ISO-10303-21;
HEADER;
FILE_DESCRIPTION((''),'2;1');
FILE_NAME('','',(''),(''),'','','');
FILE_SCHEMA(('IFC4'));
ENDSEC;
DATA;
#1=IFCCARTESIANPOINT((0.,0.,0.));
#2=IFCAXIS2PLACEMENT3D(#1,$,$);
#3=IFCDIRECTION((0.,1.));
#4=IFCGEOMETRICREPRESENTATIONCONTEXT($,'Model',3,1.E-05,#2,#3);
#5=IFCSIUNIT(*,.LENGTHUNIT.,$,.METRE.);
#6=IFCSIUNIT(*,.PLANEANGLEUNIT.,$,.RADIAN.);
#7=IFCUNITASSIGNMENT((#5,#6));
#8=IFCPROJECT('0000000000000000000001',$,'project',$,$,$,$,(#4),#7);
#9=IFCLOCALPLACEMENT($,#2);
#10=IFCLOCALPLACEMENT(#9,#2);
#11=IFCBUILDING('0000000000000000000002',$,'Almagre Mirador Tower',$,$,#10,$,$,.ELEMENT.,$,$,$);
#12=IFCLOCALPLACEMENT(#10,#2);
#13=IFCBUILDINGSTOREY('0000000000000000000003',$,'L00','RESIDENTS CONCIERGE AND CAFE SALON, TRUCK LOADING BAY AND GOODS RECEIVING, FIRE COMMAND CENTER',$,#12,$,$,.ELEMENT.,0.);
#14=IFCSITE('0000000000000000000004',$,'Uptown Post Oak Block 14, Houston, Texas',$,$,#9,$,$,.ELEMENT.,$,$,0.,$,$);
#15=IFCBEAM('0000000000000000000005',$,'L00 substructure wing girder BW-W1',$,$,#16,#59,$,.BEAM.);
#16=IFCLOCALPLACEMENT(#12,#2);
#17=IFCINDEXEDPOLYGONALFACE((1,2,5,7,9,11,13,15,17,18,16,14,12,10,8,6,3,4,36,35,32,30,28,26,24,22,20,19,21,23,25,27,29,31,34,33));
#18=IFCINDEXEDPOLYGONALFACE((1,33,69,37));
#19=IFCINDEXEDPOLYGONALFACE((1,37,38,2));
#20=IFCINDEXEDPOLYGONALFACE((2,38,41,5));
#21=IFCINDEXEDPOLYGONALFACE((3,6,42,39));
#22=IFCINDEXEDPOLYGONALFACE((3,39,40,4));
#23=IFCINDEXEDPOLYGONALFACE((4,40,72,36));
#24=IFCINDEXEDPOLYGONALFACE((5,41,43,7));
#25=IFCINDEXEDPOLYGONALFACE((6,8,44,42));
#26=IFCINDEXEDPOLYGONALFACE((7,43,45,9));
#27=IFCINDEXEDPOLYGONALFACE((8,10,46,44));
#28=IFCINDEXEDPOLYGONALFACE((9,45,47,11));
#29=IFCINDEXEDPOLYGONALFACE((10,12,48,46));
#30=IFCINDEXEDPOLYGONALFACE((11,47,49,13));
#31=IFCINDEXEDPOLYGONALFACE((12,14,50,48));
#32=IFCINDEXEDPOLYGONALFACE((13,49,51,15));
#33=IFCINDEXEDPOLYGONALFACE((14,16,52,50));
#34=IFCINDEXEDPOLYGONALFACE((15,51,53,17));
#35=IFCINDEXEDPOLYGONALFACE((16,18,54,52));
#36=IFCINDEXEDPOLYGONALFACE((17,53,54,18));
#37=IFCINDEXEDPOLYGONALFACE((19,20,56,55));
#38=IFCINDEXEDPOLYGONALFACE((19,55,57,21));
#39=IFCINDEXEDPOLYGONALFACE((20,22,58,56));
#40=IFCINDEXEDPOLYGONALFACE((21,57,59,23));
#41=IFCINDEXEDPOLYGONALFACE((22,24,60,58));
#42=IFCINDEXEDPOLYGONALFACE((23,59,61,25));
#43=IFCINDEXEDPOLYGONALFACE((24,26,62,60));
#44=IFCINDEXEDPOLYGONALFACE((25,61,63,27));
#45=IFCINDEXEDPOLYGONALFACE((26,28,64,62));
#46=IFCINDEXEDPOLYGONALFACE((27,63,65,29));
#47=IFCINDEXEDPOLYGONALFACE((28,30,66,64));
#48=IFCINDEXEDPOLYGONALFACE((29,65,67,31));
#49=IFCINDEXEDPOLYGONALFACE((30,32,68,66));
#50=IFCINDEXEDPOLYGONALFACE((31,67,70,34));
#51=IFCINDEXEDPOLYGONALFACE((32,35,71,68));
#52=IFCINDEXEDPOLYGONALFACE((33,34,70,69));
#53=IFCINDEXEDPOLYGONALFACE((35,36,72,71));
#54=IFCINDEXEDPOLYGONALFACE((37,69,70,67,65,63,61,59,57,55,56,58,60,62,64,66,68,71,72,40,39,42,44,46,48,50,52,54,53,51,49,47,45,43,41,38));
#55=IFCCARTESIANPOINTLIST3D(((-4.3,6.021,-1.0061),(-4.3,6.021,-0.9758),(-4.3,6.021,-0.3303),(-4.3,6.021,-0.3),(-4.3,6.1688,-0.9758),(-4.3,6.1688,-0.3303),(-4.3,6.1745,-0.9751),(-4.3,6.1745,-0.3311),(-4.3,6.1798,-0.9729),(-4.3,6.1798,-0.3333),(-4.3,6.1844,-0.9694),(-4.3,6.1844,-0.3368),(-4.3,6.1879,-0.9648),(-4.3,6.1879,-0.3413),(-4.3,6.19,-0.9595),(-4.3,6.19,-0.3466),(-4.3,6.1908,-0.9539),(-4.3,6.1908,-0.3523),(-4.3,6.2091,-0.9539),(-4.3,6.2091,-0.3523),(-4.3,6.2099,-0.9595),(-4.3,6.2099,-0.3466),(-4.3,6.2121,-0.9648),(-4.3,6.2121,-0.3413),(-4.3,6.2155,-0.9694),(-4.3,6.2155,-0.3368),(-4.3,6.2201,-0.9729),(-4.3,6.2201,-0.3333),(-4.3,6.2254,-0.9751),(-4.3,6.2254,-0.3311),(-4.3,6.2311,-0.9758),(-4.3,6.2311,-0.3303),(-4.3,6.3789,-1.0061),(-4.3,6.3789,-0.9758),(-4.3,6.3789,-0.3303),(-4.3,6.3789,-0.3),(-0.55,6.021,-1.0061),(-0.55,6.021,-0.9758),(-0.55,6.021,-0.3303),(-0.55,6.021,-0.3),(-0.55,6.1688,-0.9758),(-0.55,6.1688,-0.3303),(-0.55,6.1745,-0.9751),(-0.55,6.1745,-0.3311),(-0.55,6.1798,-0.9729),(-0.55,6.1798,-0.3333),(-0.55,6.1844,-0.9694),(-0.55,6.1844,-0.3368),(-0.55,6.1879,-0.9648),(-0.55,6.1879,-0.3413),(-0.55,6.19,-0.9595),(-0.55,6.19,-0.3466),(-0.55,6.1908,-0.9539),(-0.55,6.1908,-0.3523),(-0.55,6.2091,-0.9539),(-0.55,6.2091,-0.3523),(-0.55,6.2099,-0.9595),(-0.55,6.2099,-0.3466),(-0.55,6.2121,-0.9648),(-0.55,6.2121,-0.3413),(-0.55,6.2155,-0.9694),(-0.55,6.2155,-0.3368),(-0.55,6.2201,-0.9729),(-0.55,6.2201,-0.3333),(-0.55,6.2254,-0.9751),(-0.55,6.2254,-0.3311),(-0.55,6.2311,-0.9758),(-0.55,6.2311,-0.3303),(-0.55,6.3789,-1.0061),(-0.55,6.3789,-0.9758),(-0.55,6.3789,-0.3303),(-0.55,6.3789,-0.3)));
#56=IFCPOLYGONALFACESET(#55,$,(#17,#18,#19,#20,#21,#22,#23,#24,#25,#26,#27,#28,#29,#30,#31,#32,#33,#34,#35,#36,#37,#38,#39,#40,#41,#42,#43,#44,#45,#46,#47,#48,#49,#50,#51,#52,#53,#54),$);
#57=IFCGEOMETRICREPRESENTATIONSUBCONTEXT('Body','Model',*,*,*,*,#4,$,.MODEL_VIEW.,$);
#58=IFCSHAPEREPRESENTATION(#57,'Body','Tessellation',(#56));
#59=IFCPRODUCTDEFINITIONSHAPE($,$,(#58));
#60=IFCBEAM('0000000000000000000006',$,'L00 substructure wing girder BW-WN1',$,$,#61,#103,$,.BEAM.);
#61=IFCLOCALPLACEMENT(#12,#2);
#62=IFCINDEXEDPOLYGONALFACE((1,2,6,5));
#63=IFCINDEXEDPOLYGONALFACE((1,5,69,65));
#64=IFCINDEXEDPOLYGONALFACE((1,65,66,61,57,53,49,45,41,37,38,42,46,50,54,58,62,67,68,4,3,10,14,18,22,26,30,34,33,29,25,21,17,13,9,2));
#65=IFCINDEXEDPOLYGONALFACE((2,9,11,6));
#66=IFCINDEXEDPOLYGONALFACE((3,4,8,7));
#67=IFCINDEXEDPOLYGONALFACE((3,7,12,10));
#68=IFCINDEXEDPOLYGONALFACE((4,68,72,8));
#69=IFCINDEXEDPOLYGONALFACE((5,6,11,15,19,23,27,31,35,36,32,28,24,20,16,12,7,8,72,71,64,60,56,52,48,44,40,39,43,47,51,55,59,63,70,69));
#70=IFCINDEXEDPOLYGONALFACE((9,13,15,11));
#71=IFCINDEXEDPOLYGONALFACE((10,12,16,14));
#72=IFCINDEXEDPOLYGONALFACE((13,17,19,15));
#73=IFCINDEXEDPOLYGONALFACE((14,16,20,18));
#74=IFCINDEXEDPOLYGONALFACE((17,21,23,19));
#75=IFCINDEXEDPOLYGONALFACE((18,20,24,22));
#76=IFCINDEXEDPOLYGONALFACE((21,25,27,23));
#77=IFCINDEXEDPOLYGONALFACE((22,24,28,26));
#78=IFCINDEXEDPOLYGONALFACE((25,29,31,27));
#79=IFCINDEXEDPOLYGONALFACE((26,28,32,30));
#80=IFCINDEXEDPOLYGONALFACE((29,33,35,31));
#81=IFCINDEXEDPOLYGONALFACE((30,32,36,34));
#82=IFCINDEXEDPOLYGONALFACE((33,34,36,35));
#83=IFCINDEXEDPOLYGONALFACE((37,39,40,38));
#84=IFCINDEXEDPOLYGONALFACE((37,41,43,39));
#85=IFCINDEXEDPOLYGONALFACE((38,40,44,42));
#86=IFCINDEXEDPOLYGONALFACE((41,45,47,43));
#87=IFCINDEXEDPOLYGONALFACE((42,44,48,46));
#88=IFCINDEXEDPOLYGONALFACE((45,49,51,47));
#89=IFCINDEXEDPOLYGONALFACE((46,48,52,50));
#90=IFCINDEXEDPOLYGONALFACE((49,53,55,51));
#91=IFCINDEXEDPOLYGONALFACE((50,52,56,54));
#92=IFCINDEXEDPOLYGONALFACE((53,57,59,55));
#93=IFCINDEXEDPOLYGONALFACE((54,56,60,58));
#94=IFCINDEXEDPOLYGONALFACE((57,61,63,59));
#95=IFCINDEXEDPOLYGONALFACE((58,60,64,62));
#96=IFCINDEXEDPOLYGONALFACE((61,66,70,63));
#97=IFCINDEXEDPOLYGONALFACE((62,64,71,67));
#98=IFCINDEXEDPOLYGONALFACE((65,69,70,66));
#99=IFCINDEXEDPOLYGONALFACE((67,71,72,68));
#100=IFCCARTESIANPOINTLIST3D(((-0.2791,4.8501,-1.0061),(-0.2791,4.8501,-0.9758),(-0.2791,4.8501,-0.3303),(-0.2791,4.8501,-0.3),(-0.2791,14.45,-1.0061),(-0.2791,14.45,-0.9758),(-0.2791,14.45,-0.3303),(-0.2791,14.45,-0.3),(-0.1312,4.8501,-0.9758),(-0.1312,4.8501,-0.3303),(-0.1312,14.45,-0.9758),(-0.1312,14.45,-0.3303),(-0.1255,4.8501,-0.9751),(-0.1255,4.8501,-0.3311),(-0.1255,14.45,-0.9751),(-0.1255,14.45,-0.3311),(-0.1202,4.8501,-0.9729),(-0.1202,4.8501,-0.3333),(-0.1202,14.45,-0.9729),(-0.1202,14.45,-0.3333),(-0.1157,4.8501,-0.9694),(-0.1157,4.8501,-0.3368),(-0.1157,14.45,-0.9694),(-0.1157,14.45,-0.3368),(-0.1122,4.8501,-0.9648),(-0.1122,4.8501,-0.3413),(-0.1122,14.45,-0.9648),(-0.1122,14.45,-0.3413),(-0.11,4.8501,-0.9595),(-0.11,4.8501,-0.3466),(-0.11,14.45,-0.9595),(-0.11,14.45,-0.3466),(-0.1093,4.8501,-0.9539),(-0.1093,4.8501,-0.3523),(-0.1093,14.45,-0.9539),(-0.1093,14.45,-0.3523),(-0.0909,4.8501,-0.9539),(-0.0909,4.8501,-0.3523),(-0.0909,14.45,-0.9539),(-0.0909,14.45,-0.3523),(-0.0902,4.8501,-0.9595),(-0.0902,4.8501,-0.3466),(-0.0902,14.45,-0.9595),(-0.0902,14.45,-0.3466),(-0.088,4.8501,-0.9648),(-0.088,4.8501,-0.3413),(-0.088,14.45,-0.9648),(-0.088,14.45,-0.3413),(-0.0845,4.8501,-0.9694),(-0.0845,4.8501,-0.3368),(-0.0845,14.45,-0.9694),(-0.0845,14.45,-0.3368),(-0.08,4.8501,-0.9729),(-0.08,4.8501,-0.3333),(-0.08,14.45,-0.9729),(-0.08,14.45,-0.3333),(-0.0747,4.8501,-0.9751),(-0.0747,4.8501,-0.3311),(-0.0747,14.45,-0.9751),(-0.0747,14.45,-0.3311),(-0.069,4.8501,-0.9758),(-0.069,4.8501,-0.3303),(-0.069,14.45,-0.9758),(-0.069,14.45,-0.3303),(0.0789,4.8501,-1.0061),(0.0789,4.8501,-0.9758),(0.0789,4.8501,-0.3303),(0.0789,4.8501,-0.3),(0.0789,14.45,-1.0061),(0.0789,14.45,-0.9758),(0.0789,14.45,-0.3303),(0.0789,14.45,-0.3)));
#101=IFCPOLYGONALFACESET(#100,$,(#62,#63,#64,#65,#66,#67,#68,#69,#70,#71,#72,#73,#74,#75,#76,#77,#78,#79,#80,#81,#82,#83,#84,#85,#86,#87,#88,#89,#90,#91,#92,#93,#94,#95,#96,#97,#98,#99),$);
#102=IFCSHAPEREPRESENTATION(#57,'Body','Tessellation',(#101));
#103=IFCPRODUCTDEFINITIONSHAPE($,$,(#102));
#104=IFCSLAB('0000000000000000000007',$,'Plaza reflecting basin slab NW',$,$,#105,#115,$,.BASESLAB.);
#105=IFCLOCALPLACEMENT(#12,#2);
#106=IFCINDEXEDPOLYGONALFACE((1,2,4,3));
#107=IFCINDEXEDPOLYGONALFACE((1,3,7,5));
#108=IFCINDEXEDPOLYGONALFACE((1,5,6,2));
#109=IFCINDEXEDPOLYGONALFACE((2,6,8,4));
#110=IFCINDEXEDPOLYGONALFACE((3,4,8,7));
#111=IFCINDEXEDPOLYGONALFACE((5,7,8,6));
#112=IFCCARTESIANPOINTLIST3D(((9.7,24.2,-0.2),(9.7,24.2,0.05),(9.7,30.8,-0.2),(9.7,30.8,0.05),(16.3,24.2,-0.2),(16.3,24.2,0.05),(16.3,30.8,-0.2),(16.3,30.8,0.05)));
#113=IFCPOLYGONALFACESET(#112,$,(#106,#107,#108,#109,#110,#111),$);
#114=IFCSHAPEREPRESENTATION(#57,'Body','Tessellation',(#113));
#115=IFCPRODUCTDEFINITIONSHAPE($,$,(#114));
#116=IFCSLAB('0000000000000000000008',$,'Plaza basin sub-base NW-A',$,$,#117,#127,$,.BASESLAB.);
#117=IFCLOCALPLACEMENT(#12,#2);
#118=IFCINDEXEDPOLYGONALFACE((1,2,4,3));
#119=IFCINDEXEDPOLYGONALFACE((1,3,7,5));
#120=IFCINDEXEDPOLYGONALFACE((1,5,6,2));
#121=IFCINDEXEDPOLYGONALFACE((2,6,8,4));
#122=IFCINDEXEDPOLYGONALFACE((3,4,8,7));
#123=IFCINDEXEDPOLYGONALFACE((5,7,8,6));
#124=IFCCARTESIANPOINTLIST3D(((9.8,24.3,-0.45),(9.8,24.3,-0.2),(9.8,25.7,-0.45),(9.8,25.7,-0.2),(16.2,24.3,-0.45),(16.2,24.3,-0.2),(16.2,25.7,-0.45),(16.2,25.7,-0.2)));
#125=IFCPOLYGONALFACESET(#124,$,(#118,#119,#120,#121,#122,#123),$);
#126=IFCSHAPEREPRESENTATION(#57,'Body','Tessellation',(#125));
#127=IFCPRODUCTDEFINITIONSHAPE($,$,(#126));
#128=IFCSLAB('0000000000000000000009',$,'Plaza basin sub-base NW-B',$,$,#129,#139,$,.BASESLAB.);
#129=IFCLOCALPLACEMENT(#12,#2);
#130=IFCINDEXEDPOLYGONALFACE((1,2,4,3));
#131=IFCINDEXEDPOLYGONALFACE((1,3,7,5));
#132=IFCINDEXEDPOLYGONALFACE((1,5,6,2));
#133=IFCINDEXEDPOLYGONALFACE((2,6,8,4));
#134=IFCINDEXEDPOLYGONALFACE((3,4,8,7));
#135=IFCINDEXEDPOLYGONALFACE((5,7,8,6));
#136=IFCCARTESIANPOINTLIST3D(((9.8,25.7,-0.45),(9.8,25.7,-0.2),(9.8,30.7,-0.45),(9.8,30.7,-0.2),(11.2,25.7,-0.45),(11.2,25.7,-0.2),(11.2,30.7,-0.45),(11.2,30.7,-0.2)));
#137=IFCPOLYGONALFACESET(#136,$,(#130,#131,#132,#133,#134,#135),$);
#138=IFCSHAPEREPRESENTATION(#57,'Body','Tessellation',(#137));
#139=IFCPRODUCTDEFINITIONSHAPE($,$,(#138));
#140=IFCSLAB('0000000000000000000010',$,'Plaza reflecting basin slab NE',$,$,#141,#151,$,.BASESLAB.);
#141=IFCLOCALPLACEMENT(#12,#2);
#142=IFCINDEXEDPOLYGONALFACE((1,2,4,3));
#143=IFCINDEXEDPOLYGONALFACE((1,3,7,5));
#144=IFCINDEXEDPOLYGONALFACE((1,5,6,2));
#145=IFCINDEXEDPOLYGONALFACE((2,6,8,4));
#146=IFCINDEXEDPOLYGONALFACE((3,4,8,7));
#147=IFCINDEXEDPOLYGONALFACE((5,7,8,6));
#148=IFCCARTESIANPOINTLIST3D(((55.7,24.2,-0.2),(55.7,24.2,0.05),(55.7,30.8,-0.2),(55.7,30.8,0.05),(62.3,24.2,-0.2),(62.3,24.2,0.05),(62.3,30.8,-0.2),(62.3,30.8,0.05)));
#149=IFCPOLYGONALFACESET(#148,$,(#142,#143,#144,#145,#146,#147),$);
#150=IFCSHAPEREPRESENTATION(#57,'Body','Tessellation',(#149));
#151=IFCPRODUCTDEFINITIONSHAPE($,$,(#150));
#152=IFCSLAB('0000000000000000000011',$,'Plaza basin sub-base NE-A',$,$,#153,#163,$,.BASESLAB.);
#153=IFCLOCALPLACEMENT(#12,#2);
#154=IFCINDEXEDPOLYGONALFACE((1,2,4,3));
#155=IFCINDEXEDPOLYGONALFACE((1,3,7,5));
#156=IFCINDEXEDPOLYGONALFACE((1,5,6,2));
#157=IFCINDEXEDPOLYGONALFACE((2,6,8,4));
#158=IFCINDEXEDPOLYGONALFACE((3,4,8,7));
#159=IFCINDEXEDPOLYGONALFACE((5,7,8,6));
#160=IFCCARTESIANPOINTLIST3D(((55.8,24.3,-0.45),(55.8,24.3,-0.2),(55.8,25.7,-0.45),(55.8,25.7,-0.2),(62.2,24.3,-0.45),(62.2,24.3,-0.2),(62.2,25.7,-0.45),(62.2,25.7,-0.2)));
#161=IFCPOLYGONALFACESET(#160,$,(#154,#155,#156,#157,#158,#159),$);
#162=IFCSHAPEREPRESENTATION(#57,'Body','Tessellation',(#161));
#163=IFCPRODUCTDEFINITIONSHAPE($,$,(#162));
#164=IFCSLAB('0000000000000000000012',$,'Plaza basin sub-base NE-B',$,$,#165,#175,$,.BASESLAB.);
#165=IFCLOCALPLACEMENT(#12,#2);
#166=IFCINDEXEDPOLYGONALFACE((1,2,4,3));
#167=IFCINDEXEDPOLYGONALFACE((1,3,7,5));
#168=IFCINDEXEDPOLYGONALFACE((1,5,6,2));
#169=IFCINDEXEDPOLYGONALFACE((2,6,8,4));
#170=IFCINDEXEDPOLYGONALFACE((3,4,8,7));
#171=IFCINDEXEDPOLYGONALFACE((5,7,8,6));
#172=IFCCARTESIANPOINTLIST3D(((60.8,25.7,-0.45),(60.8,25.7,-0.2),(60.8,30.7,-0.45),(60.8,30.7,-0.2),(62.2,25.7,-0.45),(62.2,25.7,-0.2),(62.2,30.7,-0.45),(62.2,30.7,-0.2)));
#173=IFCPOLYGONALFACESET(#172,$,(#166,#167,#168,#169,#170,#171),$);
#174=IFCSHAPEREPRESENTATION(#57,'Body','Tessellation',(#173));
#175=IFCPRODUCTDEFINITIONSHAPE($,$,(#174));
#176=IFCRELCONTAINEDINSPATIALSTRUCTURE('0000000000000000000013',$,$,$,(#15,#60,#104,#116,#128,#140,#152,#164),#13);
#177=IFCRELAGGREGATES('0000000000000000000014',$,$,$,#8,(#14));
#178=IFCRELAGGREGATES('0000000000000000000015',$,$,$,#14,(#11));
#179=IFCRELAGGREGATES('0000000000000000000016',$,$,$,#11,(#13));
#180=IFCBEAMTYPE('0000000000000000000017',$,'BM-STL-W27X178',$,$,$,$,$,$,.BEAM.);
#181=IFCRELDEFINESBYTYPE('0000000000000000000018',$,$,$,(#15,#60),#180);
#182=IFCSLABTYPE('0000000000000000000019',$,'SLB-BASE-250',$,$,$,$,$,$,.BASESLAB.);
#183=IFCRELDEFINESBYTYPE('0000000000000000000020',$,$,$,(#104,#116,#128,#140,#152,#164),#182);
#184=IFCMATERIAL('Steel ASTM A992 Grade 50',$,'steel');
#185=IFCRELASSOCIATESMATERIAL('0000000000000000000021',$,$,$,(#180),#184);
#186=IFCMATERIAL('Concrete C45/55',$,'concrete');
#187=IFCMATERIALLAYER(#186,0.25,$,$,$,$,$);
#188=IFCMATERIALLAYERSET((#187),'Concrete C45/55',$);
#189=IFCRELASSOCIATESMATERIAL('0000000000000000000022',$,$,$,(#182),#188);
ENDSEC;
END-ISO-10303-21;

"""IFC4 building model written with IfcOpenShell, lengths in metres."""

from ifc_helpers import new_model, si_unit, direction, frame, origin, origin_2d, place, context, subcontext, project, spatial, polyline, i_section, outline, extrude, material, layer, layer_set, material_profile, profile_set, type_object, element, save


model = new_model("IFC4")

# Units and contexts
model_context = context("Model", 3, precision=1e-05, world=origin(), true_north=direction((0.0, 1.0)))
body_context = subcontext(model_context, "Body", "Model", "MODEL_VIEW")
ifc_project = project(units=[si_unit("LENGTHUNIT", "METRE"), si_unit("PLANEANGLEUNIT", "RADIAN")], contexts=[model_context])

# Site, building, storey
site_placement = place(None, origin())
site = spatial("IfcSite", under=ifc_project, at=site_placement, Name="Uptown Post Oak Block 14, Houston, Texas", CompositionType="ELEMENT", RefElevation=0.0)
building_placement = place(site_placement, origin())
building = spatial("IfcBuilding", under=site, at=building_placement, Name="Almagre Mirador Tower", CompositionType="ELEMENT")
storey_placement = place(building_placement, origin())
storey = spatial("IfcBuildingStorey", under=building, at=storey_placement, Name="L00", Description="RESIDENTS CONCIERGE AND CAFE SALON, TRUCK LOADING BAY AND GOODS RECEIVING, FIRE COMMAND CENTER", CompositionType="ELEMENT", Elevation=0.0)

# Beams
ifc_material_1 = material(Name="Steel ASTM A992 Grade 50", Category="steel")
ifc_material_profile = material_profile(ifc_material_1, i_section(OverallWidth=0.3579, OverallDepth=0.7061, WebThickness=0.0183, FlangeThickness=0.0303, FilletRadius=0.022, at=origin_2d()), Name="W27X178")
ifc_profile_set = profile_set([ifc_material_profile], Name="Steel ASTM A992 Grade 50")
beam_type = type_object("IfcBeamType", Name="BM-STL-W27X178", PredefinedType="BEAM", material=ifc_profile_set)
beam_1_placement = place(storey_placement, frame((-4.3, 6.2, -0.6531), z_axis=(1.0, 0.0, 0.0), x_axis=(0.0, 1.0, 0.0)))
element("IfcBeam", 1, at=beam_1_placement, inside=storey, type_object=beam_type, Name="L00 substructure wing girder BW-W1", PredefinedType="BEAM", context=body_context, shape_type="SweptSolid", body=[
    extrude(i_section(OverallWidth=0.3579, OverallDepth=0.7061, WebThickness=0.0183, FlangeThickness=0.0303, FilletRadius=0.022, at=origin_2d()), origin(), (0.0, 0.0, 1.0), 3.75),
])
beam_2_placement = place(storey_placement, frame((-0.1001, 4.8501, -0.6531), z_axis=(0.0, 1.0, 0.0), x_axis=(-1.0, 0.0, 0.0)))
element("IfcBeam", 2, at=beam_2_placement, inside=storey, type_object=beam_type, Name="L00 substructure wing girder BW-WN1", PredefinedType="BEAM", context=body_context, shape_type="SweptSolid", body=[
    extrude(i_section(OverallWidth=0.3579, OverallDepth=0.7061, WebThickness=0.0183, FlangeThickness=0.0303, FilletRadius=0.022, at=origin_2d()), origin(), (0.0, 0.0, 1.0), 9.5999),
])

# Slabs
ifc_material_2 = material(Name="Concrete C45/55", Category="concrete")
ifc_layer_1 = layer(ifc_material_2, 0.25)
ifc_layer_set_1 = layer_set([ifc_layer_1], Name="Concrete C45/55")
slab_type_1 = type_object("IfcSlabType", Name="SLB-BASE-250", PredefinedType="BASESLAB", material=ifc_layer_set_1)
slab_1_placement = place(storey_placement, frame((0.0, 0.0, -0.2)))
element("IfcSlab", 3, at=slab_1_placement, inside=storey, type_object=slab_type_1, Name="Plaza reflecting basin slab NW", PredefinedType="BASESLAB", context=body_context, shape_type="SweptSolid", body=[
    extrude(outline(polyline([(9.7, 24.2), (16.3, 24.2), (16.3, 30.8), (9.7, 30.8), (9.7, 24.2)])), origin(), (0.0, 0.0, 1.0), 0.25),
])
slab_2_placement = place(storey_placement, frame((0.0, 0.0, -0.45)))
element("IfcSlab", 4, at=slab_2_placement, inside=storey, type_object=slab_type_1, Name="Plaza basin sub-base NW-A", PredefinedType="BASESLAB", context=body_context, shape_type="SweptSolid", body=[
    extrude(outline(polyline([(9.8, 24.3), (16.2, 24.3), (16.2, 25.7), (9.8, 25.7), (9.8, 24.3)])), origin(), (0.0, 0.0, 1.0), 0.25),
])
slab_3_placement = place(storey_placement, frame((0.0, 0.0, -0.45)))
element("IfcSlab", 5, at=slab_3_placement, inside=storey, type_object=slab_type_1, Name="Plaza basin sub-base NW-B", PredefinedType="BASESLAB", context=body_context, shape_type="SweptSolid", body=[
    extrude(outline(polyline([(9.8, 30.7), (11.2, 30.7), (11.2, 25.7), (9.8, 25.7), (9.8, 30.7)])), origin(), (0.0, 0.0, 1.0), 0.25),
])
slab_4_placement = place(storey_placement, frame((0.0, 0.0, -0.2)))
element("IfcSlab", 6, at=slab_4_placement, inside=storey, type_object=slab_type_1, Name="Plaza reflecting basin slab NE", PredefinedType="BASESLAB", context=body_context, shape_type="SweptSolid", body=[
    extrude(outline(polyline([(55.7, 24.2), (62.3, 24.2), (62.3, 30.8), (55.7, 30.8), (55.7, 24.2)])), origin(), (0.0, 0.0, 1.0), 0.25),
])
slab_5_placement = place(storey_placement, frame((0.0, 0.0, -0.45)))
element("IfcSlab", 7, at=slab_5_placement, inside=storey, type_object=slab_type_1, Name="Plaza basin sub-base NE-A", PredefinedType="BASESLAB", context=body_context, shape_type="SweptSolid", body=[
    extrude(outline(polyline([(55.8, 24.3), (62.2, 24.3), (62.2, 25.7), (55.8, 25.7), (55.8, 24.3)])), origin(), (0.0, 0.0, 1.0), 0.25),
])
slab_6_placement = place(storey_placement, frame((0.0, 0.0, -0.45)))
element("IfcSlab", 8, at=slab_6_placement, inside=storey, type_object=slab_type_1, Name="Plaza basin sub-base NE-B", PredefinedType="BASESLAB", context=body_context, shape_type="SweptSolid", body=[
    extrude(outline(polyline([(60.8, 30.7), (62.2, 30.7), (62.2, 25.7), (60.8, 25.7), (60.8, 30.7)])), origin(), (0.0, 0.0, 1.0), 0.25),
])

save(model, "model.ifc")
